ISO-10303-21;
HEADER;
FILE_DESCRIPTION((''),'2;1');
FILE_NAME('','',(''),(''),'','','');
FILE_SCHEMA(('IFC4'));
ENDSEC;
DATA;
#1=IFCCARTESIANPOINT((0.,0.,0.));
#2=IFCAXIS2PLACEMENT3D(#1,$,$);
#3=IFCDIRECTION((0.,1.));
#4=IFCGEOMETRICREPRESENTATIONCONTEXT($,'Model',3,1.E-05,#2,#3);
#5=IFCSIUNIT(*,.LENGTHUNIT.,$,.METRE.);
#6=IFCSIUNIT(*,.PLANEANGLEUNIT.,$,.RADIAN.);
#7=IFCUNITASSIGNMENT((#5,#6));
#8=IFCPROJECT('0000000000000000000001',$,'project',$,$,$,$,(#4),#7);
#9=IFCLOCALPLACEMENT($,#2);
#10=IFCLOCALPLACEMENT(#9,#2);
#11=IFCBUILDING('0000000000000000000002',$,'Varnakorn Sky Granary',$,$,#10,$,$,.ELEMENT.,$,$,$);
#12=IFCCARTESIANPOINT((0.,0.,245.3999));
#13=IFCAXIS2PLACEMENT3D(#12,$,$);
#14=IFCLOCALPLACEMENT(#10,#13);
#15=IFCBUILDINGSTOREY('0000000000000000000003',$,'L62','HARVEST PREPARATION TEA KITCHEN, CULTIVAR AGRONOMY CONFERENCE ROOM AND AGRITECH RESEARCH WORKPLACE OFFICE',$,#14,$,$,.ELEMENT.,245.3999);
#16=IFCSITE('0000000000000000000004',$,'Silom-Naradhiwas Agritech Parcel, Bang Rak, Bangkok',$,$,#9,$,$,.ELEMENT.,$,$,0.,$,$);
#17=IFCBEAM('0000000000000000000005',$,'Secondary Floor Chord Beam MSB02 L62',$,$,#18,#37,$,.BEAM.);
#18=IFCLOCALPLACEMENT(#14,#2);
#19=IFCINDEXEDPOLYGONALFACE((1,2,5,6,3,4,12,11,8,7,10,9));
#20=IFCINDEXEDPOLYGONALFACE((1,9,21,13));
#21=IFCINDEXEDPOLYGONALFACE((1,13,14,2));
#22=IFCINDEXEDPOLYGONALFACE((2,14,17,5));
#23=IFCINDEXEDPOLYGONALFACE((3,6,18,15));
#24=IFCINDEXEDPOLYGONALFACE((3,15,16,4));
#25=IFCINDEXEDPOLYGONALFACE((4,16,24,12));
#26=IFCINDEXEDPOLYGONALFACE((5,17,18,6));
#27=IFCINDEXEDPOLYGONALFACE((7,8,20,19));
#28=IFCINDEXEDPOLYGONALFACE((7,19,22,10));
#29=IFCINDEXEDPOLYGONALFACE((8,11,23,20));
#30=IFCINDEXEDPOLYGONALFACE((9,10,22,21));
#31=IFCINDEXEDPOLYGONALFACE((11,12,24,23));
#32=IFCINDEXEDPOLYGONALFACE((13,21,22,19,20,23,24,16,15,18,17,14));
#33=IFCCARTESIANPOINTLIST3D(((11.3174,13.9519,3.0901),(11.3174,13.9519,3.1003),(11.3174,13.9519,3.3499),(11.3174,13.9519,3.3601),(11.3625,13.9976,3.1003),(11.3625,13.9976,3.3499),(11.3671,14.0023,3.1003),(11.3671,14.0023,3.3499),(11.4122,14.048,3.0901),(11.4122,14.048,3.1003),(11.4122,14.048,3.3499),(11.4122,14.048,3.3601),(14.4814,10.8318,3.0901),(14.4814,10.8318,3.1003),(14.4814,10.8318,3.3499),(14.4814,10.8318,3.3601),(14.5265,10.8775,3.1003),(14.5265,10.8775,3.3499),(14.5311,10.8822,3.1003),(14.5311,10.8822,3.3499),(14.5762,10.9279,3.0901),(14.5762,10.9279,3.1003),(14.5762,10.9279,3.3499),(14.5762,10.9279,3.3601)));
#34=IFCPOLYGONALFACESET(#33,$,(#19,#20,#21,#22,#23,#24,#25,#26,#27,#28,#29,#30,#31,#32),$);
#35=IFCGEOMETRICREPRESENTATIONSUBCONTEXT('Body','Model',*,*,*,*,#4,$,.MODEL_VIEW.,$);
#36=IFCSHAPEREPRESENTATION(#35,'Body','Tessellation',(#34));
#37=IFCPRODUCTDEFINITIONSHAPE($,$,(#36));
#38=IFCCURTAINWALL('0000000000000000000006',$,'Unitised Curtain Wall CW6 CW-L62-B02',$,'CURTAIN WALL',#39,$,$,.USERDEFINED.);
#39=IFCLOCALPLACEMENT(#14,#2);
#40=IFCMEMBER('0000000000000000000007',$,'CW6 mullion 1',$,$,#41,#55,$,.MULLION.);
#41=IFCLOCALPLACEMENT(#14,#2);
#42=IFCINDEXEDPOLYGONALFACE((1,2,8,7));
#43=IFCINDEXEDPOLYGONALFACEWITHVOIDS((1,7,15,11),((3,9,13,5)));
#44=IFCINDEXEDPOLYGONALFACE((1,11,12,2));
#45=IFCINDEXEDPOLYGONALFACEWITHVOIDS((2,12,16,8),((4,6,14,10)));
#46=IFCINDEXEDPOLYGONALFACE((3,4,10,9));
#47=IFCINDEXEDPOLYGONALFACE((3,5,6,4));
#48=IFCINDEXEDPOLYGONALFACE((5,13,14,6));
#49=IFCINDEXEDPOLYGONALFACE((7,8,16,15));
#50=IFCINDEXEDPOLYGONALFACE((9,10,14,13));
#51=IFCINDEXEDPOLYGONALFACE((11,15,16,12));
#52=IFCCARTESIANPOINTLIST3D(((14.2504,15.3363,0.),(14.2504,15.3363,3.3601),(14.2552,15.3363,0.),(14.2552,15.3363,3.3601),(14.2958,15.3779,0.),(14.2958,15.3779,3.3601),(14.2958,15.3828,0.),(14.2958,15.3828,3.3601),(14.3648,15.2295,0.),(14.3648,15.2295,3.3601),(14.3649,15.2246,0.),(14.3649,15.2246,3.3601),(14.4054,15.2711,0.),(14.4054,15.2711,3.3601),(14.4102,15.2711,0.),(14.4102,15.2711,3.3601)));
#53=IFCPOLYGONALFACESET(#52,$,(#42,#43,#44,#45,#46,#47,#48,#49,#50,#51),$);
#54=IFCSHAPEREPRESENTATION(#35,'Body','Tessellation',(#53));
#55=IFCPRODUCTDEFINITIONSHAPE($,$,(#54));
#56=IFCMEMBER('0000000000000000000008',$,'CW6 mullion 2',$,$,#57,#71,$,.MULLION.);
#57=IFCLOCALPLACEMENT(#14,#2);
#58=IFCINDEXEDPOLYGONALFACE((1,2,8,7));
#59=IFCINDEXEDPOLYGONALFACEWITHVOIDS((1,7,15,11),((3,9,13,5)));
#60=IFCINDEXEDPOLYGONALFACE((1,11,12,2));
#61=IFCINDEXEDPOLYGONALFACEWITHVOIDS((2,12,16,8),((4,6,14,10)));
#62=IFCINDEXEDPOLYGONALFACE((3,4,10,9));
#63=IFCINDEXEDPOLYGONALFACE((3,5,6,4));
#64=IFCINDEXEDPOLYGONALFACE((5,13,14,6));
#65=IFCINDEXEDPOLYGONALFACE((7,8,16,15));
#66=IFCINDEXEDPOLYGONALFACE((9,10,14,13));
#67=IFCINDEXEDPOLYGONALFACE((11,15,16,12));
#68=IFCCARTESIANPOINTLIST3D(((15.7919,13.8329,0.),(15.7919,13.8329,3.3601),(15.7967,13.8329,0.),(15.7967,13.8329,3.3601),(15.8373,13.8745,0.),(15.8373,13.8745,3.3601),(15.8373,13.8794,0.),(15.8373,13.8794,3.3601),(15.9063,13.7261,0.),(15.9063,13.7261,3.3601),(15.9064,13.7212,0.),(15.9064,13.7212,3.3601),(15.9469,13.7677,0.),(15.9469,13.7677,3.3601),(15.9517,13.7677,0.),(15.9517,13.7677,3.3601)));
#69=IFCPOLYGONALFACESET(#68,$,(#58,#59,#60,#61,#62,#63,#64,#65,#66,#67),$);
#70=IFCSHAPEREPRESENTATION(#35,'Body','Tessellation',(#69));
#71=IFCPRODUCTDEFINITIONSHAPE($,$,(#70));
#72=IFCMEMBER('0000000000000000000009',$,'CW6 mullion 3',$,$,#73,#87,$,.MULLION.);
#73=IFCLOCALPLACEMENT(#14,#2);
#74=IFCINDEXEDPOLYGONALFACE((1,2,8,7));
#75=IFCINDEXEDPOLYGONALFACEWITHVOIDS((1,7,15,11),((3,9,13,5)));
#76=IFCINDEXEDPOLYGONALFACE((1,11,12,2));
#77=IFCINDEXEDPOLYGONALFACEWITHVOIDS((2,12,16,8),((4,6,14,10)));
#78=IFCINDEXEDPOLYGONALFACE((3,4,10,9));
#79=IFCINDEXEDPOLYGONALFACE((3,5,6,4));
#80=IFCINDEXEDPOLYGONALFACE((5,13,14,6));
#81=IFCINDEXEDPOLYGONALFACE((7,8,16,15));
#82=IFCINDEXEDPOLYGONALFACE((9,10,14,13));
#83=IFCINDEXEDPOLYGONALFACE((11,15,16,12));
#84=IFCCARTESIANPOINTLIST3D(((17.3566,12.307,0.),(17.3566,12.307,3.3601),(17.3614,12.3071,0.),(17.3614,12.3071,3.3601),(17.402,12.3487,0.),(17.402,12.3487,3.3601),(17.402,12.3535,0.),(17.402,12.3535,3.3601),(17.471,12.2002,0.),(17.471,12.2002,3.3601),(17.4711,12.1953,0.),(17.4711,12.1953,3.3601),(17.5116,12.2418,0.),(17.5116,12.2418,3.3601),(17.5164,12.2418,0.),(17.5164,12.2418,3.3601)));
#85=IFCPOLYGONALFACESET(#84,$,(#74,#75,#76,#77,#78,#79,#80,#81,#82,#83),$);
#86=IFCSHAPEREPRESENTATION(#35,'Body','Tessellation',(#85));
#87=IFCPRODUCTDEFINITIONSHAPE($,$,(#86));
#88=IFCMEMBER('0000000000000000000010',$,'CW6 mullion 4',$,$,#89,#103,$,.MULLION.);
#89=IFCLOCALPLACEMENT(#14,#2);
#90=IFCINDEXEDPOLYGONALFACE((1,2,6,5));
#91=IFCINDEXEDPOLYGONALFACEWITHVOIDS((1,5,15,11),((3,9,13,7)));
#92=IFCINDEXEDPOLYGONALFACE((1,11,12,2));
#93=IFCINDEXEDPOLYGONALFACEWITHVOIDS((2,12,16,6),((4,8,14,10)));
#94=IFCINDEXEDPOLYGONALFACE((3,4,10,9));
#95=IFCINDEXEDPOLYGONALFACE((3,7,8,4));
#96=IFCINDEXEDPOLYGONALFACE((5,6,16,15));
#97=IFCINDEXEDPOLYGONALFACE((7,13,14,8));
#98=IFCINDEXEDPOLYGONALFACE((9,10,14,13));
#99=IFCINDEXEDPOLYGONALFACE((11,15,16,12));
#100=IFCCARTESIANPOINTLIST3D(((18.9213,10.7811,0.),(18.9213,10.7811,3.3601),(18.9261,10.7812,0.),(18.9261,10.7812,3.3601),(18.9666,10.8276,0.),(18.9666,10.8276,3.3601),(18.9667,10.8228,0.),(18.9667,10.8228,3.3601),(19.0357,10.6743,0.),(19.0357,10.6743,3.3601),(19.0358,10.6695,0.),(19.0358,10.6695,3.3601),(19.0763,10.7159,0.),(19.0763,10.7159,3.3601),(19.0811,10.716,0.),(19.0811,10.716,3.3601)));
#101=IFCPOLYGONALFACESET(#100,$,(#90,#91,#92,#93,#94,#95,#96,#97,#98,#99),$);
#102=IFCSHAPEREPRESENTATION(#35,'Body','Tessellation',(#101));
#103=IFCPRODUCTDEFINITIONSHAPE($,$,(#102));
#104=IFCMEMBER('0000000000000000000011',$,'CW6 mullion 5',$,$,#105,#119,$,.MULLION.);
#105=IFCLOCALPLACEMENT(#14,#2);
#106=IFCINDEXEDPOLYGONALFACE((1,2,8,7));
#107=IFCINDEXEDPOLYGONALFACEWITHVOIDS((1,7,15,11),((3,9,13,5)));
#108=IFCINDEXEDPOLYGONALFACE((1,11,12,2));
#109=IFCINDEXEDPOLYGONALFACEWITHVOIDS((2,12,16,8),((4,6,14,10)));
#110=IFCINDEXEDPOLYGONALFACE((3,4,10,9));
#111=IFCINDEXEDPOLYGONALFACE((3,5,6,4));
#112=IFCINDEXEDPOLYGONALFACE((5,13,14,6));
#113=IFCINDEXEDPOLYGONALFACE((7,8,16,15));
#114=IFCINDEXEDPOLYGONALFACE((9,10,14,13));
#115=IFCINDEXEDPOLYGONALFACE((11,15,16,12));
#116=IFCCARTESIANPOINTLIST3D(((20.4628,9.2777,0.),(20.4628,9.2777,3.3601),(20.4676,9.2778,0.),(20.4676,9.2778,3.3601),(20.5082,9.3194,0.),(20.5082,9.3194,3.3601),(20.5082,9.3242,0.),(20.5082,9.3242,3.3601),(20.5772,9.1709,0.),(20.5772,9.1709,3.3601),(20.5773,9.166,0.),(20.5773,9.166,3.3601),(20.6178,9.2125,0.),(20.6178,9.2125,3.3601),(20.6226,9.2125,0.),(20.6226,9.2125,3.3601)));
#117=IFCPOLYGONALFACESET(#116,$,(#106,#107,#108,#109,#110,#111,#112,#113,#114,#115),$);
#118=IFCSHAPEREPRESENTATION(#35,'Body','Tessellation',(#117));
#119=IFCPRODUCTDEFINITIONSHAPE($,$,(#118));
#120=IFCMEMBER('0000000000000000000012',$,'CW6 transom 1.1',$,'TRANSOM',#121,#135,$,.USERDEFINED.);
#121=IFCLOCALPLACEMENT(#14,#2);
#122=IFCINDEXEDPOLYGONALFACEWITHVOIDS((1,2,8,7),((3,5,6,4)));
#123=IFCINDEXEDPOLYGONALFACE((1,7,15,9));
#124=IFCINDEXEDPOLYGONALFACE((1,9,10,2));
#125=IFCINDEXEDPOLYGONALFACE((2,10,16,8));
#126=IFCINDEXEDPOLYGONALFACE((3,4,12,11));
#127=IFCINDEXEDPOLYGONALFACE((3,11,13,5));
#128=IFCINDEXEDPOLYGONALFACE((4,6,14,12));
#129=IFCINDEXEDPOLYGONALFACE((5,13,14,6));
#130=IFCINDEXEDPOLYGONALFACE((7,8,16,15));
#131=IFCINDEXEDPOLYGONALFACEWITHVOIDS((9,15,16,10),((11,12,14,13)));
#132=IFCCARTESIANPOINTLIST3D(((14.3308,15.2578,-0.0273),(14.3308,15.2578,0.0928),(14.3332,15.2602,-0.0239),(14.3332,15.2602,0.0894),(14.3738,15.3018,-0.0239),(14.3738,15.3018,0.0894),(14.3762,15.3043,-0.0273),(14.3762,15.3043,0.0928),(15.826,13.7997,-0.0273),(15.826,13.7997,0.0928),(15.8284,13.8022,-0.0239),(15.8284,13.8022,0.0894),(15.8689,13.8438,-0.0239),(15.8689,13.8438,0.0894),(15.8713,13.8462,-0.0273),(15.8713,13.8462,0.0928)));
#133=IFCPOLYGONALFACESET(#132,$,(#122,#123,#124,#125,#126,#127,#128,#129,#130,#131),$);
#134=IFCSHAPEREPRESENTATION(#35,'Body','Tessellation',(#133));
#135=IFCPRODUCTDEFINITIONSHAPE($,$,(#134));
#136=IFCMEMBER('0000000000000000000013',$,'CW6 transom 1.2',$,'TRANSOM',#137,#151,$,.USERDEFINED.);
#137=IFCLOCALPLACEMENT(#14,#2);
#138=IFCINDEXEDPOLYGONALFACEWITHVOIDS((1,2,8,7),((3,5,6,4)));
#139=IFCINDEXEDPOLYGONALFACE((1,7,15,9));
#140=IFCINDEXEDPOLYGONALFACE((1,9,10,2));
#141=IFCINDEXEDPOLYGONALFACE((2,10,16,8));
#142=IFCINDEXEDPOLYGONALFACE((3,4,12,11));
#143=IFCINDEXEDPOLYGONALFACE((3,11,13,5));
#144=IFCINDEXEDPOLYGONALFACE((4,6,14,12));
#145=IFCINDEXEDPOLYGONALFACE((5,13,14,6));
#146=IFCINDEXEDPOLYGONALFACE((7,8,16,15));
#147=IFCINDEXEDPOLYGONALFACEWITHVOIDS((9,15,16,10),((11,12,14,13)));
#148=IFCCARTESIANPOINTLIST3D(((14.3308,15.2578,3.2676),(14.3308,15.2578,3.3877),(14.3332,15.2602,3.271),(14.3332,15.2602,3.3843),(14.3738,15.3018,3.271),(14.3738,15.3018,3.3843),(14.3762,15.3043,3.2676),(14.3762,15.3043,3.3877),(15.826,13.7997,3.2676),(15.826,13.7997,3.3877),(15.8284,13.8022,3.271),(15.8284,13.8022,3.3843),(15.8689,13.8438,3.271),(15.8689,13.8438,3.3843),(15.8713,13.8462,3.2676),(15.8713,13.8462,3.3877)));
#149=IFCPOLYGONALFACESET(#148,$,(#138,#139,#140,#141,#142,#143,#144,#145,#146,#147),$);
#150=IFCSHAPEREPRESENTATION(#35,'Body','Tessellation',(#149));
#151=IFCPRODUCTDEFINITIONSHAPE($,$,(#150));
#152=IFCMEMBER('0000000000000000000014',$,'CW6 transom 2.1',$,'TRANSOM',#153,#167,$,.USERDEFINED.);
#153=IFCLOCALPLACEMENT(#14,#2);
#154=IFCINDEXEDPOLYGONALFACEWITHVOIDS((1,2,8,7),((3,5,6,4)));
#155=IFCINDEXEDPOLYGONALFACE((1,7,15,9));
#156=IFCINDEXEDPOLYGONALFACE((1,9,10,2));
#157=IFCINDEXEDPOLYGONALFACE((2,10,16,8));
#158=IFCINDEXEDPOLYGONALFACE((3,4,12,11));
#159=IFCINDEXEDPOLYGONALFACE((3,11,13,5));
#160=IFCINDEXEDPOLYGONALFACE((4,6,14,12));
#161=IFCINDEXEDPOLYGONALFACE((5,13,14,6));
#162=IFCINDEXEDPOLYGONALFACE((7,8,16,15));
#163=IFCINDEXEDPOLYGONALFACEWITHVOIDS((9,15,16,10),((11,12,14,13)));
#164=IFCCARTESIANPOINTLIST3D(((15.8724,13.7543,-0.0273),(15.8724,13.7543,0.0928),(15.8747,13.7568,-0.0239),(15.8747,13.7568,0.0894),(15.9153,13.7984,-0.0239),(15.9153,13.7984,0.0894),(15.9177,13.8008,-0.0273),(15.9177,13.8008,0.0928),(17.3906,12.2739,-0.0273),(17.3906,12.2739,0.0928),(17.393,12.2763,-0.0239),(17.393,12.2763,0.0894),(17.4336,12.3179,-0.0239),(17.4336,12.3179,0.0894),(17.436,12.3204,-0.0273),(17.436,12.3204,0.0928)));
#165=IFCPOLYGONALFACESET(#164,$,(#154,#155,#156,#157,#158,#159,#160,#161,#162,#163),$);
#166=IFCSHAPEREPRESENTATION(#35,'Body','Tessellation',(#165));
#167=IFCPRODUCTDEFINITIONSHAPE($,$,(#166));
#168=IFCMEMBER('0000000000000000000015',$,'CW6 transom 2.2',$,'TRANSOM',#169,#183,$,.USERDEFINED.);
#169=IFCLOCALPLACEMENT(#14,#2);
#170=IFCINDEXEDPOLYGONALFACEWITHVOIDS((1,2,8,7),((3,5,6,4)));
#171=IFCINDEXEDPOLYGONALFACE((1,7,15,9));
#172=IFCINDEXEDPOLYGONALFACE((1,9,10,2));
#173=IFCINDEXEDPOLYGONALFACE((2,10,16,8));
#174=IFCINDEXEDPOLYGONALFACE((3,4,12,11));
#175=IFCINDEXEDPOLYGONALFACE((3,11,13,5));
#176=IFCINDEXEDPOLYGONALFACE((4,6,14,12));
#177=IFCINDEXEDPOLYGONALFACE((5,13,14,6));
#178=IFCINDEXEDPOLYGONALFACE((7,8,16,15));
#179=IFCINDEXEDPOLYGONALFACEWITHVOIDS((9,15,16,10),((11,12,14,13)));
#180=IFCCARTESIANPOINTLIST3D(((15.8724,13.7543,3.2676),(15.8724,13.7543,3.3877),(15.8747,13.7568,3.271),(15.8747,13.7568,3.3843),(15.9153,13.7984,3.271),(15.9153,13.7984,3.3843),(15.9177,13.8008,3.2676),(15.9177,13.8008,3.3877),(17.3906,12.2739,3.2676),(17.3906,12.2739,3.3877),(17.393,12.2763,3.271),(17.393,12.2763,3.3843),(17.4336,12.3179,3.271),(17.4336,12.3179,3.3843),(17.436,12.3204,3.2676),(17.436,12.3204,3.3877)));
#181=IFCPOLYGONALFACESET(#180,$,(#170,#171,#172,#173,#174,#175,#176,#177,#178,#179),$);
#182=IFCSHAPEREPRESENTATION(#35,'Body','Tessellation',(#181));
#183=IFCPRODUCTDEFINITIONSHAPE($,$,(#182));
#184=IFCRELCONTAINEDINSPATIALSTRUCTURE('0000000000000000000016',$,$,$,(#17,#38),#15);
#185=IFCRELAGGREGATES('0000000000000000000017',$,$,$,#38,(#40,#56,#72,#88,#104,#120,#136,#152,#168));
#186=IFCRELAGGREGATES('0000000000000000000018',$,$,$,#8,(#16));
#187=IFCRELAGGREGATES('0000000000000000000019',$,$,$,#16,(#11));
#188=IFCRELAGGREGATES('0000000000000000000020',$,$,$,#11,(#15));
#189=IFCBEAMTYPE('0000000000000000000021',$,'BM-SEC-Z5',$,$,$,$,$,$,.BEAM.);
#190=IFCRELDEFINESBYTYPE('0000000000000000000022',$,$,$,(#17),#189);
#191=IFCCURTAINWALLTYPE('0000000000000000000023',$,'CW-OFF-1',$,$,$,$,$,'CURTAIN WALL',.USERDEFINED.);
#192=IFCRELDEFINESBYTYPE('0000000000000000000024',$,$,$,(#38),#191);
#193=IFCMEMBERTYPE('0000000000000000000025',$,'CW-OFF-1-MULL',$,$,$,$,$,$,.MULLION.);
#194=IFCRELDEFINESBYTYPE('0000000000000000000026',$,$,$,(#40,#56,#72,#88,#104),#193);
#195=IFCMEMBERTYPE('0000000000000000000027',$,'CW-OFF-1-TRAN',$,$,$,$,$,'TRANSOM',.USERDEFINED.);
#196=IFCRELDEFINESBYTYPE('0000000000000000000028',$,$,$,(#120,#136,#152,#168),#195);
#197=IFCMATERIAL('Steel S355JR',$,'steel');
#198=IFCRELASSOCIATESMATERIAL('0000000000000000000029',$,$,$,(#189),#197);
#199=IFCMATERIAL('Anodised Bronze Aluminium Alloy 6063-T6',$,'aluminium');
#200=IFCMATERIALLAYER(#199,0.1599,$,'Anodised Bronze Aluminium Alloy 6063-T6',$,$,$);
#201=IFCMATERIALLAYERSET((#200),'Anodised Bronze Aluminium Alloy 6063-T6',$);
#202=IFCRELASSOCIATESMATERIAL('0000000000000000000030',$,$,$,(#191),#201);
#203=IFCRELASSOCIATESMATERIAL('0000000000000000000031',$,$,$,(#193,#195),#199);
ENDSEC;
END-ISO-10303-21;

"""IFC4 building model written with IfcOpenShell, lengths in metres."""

from ifc_helpers import new_model, si_unit, direction, frame, origin, origin_2d, place, context, subcontext, project, spatial, hollow_rectangle, i_section, extrude, material, layer, layer_set, material_profile, profile_set, type_object, element, aggregate, save


model = new_model("IFC4")

# Units and contexts
model_context = context("Model", 3, precision=1e-05, world=origin(), true_north=direction((0.0, 1.0)))
body_context = subcontext(model_context, "Body", "Model", "MODEL_VIEW")
ifc_project = project(units=[si_unit("LENGTHUNIT", "METRE"), si_unit("PLANEANGLEUNIT", "RADIAN")], contexts=[model_context])

# Site, building, storey
site_placement = place(None, origin())
site = spatial("IfcSite", under=ifc_project, at=site_placement, Name="Silom-Naradhiwas Agritech Parcel, Bang Rak, Bangkok", CompositionType="ELEMENT", RefElevation=0.0)
building_placement = place(site_placement, origin())
building = spatial("IfcBuilding", under=site, at=building_placement, Name="Varnakorn Sky Granary", CompositionType="ELEMENT")
storey_placement = place(building_placement, frame((0.0, 0.0, 245.3999)))
storey = spatial("IfcBuildingStorey", under=building, at=storey_placement, Name="L62", Description="HARVEST PREPARATION TEA KITCHEN, CULTIVAR AGRONOMY CONFERENCE ROOM AND AGRITECH RESEARCH WORKPLACE OFFICE", CompositionType="ELEMENT", Elevation=245.3999)

# Beam
ifc_material_1 = material(Name="Steel S355JR", Category="steel")
ifc_material_profile_1 = material_profile(ifc_material_1, i_section(OverallWidth=0.135, OverallDepth=0.27, WebThickness=0.0066, FlangeThickness=0.0103, at=origin_2d()), Name="IPE 270")
ifc_profile_set_1 = profile_set([ifc_material_profile_1], Name="Steel S355JR")
beam_type = type_object("IfcBeamType", Name="BM-SEC-Z5", PredefinedType="BEAM", material=ifc_profile_set_1)
beam_placement = place(storey_placement, frame((14.5288, 10.8799, 3.2251), z_axis=(-0.712034, 0.702145, 0.0), x_axis=(-0.702145, -0.712034, 0.0)))
element("IfcBeam", 1, at=beam_placement, inside=storey, type_object=beam_type, Name="Secondary Floor Chord Beam MSB02 L62", PredefinedType="BEAM", context=body_context, shape_type="SweptSolid", body=[
    extrude(i_section(OverallWidth=0.135, OverallDepth=0.27, WebThickness=0.0066, FlangeThickness=0.0103, at=origin_2d()), origin(), (0.0, 0.0, 1.0), 4.4436),
])

# Curtain wall, members
ifc_material_2 = material(Name="Anodised Bronze Aluminium Alloy 6063-T6", Category="aluminium")
ifc_layer_1 = layer(ifc_material_2, 0.1599, Name="Anodised Bronze Aluminium Alloy 6063-T6")
ifc_layer_set_1 = layer_set([ifc_layer_1], Name="Anodised Bronze Aluminium Alloy 6063-T6")
curtain_wall_type = type_object("IfcCurtainWallType", Name="CW-OFF-1", ElementType="CURTAIN WALL", PredefinedType="USERDEFINED", material=ifc_layer_set_1)
curtain_wall_placement = place(storey_placement, origin())
curtain_wall = element("IfcCurtainWall", 2, at=curtain_wall_placement, inside=storey, type_object=curtain_wall_type, Name="Unitised Curtain Wall CW6 CW-L62-B02", ObjectType="CURTAIN WALL", PredefinedType="USERDEFINED")
ifc_material_profile_2 = material_profile(ifc_material_2, hollow_rectangle(XDim=0.0649, YDim=0.1599, WallThickness=0.0034, at=origin_2d()), Name="ALU MULL 65x160")
ifc_profile_set_2 = profile_set([ifc_material_profile_2], Name="Anodised Bronze Aluminium Alloy 6063-T6")
member_type_1 = type_object("IfcMemberType", Name="CW-OFF-1-MULL", PredefinedType="MULLION", material=ifc_profile_set_2)
member_1_placement = place(storey_placement, frame((14.3303, 15.3037, 0.0), z_axis=(0.0, 0.0, 1.0), x_axis=(0.698181, 0.715922, 0.0)))
member_1 = element("IfcMember", 3, at=member_1_placement, type_object=member_type_1, Name="CW6 mullion 1", PredefinedType="MULLION", context=body_context, shape_type="SweptSolid", body=[
    extrude(hollow_rectangle(XDim=0.0649, YDim=0.1599, WallThickness=0.0034, at=origin_2d()), origin(), (0.0, 0.0, 1.0), 3.3601),
])
member_2_placement = place(storey_placement, frame((15.8718, 13.8003, 0.0), z_axis=(0.0, 0.0, 1.0), x_axis=(0.698181, 0.715922, 0.0)))
member_2 = element("IfcMember", 4, at=member_2_placement, type_object=member_type_1, Name="CW6 mullion 2", PredefinedType="MULLION", context=body_context, shape_type="SweptSolid", body=[
    extrude(hollow_rectangle(XDim=0.0649, YDim=0.1599, WallThickness=0.0034, at=origin_2d()), origin(), (0.0, 0.0, 1.0), 3.3601),
])
member_3_placement = place(storey_placement, frame((17.4365, 12.2744, 0.0), z_axis=(0.0, 0.0, 1.0), x_axis=(0.698181, 0.715922, 0.0)))
member_3 = element("IfcMember", 5, at=member_3_placement, type_object=member_type_1, Name="CW6 mullion 3", PredefinedType="MULLION", context=body_context, shape_type="SweptSolid", body=[
    extrude(hollow_rectangle(XDim=0.0649, YDim=0.1599, WallThickness=0.0034, at=origin_2d()), origin(), (0.0, 0.0, 1.0), 3.3601),
])
member_4_placement = place(storey_placement, frame((19.0012, 10.7485, 0.0), z_axis=(0.0, 0.0, 1.0), x_axis=(0.698181, 0.715922, 0.0)))
member_4 = element("IfcMember", 6, at=member_4_placement, type_object=member_type_1, Name="CW6 mullion 4", PredefinedType="MULLION", context=body_context, shape_type="SweptSolid", body=[
    extrude(hollow_rectangle(XDim=0.0649, YDim=0.1599, WallThickness=0.0034, at=origin_2d()), origin(), (0.0, 0.0, 1.0), 3.3601),
])
member_5_placement = place(storey_placement, frame((20.5427, 9.2451, 0.0), z_axis=(0.0, 0.0, 1.0), x_axis=(0.698181, 0.715922, 0.0)))
member_5 = element("IfcMember", 7, at=member_5_placement, type_object=member_type_1, Name="CW6 mullion 5", PredefinedType="MULLION", context=body_context, shape_type="SweptSolid", body=[
    extrude(hollow_rectangle(XDim=0.0649, YDim=0.1599, WallThickness=0.0034, at=origin_2d()), origin(), (0.0, 0.0, 1.0), 3.3601),
])
ifc_material_profile_3 = material_profile(ifc_material_2, hollow_rectangle(XDim=0.0649, YDim=0.1201, WallThickness=0.0034, at=origin_2d()), Name="ALU TRAN 65x120")
ifc_profile_set_3 = profile_set([ifc_material_profile_3], Name="Anodised Bronze Aluminium Alloy 6063-T6")
member_type_2 = type_object("IfcMemberType", Name="CW-OFF-1-TRAN", ElementType="TRANSOM", PredefinedType="USERDEFINED", material=ifc_profile_set_3)
member_6_placement = place(storey_placement, frame((14.3535, 15.281, 0.0327), z_axis=(0.715936, -0.698166, 0.0), x_axis=(0.698166, 0.715936, 0.0)))
member_6 = element("IfcMember", 8, at=member_6_placement, type_object=member_type_2, Name="CW6 transom 1.1", ObjectType="TRANSOM", PredefinedType="USERDEFINED", context=body_context, shape_type="SweptSolid", body=[
    extrude(hollow_rectangle(XDim=0.0649, YDim=0.1201, WallThickness=0.0034, at=origin_2d()), origin(), (0.0, 0.0, 1.0), 2.0884),
])
member_7_placement = place(storey_placement, frame((14.3535, 15.281, 3.3276), z_axis=(0.715936, -0.698166, 0.0), x_axis=(0.698166, 0.715936, 0.0)))
member_7 = element("IfcMember", 9, at=member_7_placement, type_object=member_type_2, Name="CW6 transom 1.2", ObjectType="TRANSOM", PredefinedType="USERDEFINED", context=body_context, shape_type="SweptSolid", body=[
    extrude(hollow_rectangle(XDim=0.0649, YDim=0.1201, WallThickness=0.0034, at=origin_2d()), origin(), (0.0, 0.0, 1.0), 2.0884),
])
member_8_placement = place(storey_placement, frame((15.895, 13.7776, 0.0327), z_axis=(0.715973, -0.698128, 0.0), x_axis=(0.698128, 0.715973, 0.0)))
member_8 = element("IfcMember", 10, at=member_8_placement, type_object=member_type_2, Name="CW6 transom 2.1", ObjectType="TRANSOM", PredefinedType="USERDEFINED", context=body_context, shape_type="SweptSolid", body=[
    extrude(hollow_rectangle(XDim=0.0649, YDim=0.1201, WallThickness=0.0034, at=origin_2d()), origin(), (0.0, 0.0, 1.0), 2.1206),
])
member_9_placement = place(storey_placement, frame((15.895, 13.7776, 3.3276), z_axis=(0.715973, -0.698128, 0.0), x_axis=(0.698128, 0.715973, 0.0)))
member_9 = element("IfcMember", 11, at=member_9_placement, type_object=member_type_2, Name="CW6 transom 2.2", ObjectType="TRANSOM", PredefinedType="USERDEFINED", context=body_context, shape_type="SweptSolid", body=[
    extrude(hollow_rectangle(XDim=0.0649, YDim=0.1201, WallThickness=0.0034, at=origin_2d()), origin(), (0.0, 0.0, 1.0), 2.1206),
])

aggregate(curtain_wall, [member_1, member_2, member_3, member_4, member_5, member_6, member_7, member_8, member_9])

save(model, "model.ifc")
